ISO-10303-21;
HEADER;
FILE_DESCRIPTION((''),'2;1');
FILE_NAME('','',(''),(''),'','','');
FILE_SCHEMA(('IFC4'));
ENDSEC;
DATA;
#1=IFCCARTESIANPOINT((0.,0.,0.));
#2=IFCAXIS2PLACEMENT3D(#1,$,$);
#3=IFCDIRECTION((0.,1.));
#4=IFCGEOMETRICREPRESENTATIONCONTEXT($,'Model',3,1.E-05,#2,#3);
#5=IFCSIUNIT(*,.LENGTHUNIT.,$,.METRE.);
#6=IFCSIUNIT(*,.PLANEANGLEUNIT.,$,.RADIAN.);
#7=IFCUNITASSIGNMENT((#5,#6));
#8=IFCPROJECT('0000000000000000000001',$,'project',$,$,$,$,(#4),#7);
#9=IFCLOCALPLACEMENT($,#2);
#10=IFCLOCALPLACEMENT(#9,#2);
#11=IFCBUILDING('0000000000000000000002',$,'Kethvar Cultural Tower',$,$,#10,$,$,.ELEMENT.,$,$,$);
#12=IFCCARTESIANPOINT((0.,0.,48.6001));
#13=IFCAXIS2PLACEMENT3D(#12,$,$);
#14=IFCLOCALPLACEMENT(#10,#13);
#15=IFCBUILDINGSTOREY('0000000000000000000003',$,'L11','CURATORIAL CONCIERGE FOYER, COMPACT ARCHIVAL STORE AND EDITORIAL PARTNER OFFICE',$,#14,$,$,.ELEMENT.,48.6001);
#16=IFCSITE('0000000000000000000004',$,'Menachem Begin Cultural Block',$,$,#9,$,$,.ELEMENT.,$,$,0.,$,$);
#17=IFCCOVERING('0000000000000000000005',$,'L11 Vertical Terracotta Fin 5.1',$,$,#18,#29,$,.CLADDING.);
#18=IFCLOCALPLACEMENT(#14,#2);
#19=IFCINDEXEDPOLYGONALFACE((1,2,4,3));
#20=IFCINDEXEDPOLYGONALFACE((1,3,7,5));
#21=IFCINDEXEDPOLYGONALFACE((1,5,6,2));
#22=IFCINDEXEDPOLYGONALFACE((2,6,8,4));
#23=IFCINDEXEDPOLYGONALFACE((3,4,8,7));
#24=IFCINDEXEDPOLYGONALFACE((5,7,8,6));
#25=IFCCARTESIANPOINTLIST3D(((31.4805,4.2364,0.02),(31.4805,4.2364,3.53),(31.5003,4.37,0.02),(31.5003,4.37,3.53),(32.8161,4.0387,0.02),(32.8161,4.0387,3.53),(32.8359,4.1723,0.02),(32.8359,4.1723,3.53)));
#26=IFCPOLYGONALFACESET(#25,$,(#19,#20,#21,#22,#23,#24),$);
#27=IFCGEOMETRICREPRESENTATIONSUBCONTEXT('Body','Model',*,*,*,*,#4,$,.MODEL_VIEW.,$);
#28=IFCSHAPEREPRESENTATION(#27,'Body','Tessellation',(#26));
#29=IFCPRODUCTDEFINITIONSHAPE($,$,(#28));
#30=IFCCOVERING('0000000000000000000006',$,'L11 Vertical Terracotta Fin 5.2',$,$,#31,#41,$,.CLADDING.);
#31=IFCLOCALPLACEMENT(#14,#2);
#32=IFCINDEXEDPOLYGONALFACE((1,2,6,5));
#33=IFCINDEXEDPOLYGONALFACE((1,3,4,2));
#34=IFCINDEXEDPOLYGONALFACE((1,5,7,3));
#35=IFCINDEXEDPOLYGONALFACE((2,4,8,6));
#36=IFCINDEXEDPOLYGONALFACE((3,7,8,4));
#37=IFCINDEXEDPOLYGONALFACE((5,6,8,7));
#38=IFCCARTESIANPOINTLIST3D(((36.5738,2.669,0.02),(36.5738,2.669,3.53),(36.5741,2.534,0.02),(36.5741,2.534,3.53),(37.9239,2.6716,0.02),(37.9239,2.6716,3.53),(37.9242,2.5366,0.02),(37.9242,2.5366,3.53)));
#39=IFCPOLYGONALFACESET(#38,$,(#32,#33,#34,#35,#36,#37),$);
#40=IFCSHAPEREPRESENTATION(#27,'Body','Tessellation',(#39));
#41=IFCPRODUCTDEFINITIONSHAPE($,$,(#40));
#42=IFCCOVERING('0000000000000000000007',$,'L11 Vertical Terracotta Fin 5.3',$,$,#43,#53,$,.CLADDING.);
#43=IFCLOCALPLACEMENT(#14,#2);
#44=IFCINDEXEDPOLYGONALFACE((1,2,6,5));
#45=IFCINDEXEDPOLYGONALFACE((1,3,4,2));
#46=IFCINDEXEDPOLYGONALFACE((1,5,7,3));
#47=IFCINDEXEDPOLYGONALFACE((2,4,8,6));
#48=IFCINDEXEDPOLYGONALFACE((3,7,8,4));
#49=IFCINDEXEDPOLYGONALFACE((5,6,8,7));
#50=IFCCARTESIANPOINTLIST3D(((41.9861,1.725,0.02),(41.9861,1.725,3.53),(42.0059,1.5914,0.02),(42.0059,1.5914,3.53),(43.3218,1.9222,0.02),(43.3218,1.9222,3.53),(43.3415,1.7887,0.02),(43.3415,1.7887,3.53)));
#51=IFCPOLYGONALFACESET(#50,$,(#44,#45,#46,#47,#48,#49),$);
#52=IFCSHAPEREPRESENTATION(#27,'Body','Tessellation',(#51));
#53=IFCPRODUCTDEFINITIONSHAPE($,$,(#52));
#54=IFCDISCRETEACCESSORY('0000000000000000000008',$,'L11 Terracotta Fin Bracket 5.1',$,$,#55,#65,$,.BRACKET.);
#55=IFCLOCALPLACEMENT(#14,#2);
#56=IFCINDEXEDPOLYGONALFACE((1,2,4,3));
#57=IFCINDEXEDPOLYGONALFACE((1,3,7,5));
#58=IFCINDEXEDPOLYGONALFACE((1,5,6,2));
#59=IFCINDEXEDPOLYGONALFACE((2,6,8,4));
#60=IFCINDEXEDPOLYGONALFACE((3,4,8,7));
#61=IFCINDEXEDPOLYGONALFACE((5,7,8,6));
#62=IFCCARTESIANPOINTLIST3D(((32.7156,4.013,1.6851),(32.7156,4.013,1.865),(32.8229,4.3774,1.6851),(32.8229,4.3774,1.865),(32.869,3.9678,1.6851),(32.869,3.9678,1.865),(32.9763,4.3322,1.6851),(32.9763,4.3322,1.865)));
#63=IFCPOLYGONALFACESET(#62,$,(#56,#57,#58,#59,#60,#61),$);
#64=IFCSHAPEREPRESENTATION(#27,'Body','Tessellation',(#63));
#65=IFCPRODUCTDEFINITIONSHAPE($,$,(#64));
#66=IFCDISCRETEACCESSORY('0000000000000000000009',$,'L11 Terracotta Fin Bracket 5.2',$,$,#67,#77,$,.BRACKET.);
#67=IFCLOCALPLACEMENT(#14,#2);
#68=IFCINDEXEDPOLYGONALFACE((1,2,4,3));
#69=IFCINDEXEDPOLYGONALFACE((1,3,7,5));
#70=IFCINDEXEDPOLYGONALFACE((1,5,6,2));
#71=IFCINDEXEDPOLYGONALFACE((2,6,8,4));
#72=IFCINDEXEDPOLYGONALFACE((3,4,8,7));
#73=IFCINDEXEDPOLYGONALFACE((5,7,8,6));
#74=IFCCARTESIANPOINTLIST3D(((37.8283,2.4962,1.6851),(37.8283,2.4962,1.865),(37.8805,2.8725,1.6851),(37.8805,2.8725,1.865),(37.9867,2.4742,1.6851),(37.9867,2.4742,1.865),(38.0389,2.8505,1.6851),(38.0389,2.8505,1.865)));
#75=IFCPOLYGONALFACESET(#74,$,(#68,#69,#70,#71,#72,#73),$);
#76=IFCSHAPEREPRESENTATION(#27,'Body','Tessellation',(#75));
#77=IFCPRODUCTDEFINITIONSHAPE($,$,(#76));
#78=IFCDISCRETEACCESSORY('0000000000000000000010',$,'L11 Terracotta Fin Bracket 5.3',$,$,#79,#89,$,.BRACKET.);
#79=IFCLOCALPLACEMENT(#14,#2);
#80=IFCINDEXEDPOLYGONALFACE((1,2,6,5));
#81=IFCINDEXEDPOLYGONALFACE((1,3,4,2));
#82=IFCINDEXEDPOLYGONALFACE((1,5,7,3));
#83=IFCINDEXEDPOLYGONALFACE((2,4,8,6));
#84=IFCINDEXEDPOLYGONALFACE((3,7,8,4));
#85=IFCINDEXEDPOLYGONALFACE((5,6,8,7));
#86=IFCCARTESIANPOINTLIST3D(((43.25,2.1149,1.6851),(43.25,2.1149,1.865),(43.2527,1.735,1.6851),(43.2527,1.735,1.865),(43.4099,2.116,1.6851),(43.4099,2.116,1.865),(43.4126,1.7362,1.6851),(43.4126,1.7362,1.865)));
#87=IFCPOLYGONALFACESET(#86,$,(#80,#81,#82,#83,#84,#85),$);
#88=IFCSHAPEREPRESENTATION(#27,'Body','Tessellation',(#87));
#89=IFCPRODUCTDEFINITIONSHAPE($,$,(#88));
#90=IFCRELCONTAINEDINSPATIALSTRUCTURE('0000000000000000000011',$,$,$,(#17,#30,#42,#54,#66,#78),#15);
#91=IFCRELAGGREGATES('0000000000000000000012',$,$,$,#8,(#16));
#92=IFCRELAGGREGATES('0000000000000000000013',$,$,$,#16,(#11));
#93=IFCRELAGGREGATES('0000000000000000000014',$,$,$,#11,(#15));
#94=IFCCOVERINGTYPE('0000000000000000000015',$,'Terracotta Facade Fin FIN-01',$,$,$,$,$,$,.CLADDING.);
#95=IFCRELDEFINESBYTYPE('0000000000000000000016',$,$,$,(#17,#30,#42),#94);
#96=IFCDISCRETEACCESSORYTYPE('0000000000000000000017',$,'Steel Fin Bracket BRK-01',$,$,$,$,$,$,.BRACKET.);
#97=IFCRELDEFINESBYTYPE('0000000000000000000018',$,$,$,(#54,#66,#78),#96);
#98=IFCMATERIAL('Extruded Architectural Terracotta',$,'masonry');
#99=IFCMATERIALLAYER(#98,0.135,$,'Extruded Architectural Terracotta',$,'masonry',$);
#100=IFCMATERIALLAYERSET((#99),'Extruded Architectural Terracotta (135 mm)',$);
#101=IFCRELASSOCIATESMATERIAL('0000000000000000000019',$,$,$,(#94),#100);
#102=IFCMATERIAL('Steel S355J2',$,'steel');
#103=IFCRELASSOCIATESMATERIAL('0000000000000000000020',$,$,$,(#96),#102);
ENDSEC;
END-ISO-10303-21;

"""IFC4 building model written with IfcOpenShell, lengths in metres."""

from ifc_helpers import new_model, si_unit, direction, frame, origin, origin_2d, place, context, subcontext, project, spatial, rectangle, extrude, source, transform, mapped, material, layer, layer_set, type_object, element, save


model = new_model("IFC4")

# Units and contexts
model_context = context("Model", 3, precision=1e-05, world=origin(), true_north=direction((0.0, 1.0)))
body_context = subcontext(model_context, "Body", "Model", "MODEL_VIEW")
ifc_project = project(units=[si_unit("LENGTHUNIT", "METRE"), si_unit("PLANEANGLEUNIT", "RADIAN")], contexts=[model_context])

# Site, building, storey
site_placement = place(None, origin())
site = spatial("IfcSite", under=ifc_project, at=site_placement, Name="Menachem Begin Cultural Block", CompositionType="ELEMENT", RefElevation=0.0)
building_placement = place(site_placement, origin())
building = spatial("IfcBuilding", under=site, at=building_placement, Name="Kethvar Cultural Tower", CompositionType="ELEMENT")
storey_placement = place(building_placement, frame((0.0, 0.0, 48.6001)))
storey = spatial("IfcBuildingStorey", under=building, at=storey_placement, Name="L11", Description="CURATORIAL CONCIERGE FOYER, COMPACT ARCHIVAL STORE AND EDITORIAL PARTNER OFFICE", CompositionType="ELEMENT", Elevation=48.6001)

# Shared definitions
ifc_material_1 = material(Name="Steel S355J2", Category="steel")

# Coverings
ifc_material_2 = material(Name="Extruded Architectural Terracotta", Category="masonry")
ifc_layer_1 = layer(ifc_material_2, 0.135, Name="Extruded Architectural Terracotta", Category="masonry")
ifc_layer_set_1 = layer_set([ifc_layer_1], Name="Extruded Architectural Terracotta (135 mm)")
covering_type = type_object("IfcCoveringType", Name="Terracotta Facade Fin FIN-01", PredefinedType="CLADDING", material=ifc_layer_set_1)
shared_shape_1 = source(origin(), body_context, "Body", "SweptSolid", [
    extrude(rectangle(XDim=1.3501, YDim=0.135, at=origin_2d()), origin(), (0.0, 0.0, 1.0), 3.51),
])
for number, where, z_axis, x_axis, name in (
    (1, (32.1582, 4.2043, 0.02), (0.0, 0.0, 1.0), (-0.989221, 0.146428, 0.0), "L11 Vertical Terracotta Fin 5.1"),
    (2, (37.249, 2.6028, 0.02), (0.0, 0.0, 1.0), (-0.999998, -0.00192, 0.0), "L11 Vertical Terracotta Fin 5.2"),
    (3, (42.6638, 1.7568, 0.02), (0.0, 0.0, 1.0), (-0.989272, -0.146083, 0.0), "L11 Vertical Terracotta Fin 5.3"),
):
    element("IfcCovering", number, at=place(storey_placement, frame(where, z_axis=z_axis, x_axis=x_axis)), inside=storey, type_object=covering_type, Name=name, PredefinedType="CLADDING", context=body_context, shape_type="MappedRepresentation", body=[
        mapped(shared_shape_1, transform((0.0, 0.0, 0.0), scale=1.0)),
    ])

# Discrete accessories
discrete_accessory_type = type_object("IfcDiscreteAccessoryType", Name="Steel Fin Bracket BRK-01", PredefinedType="BRACKET", material=ifc_material_1)
shared_shape_2 = source(origin(), body_context, "Body", "SweptSolid", [
    extrude(rectangle(XDim=0.3799, YDim=0.1599, at=origin_2d()), origin(), (0.0, 0.0, 1.0), 0.1799),
])
for number, where, z_axis, x_axis, name in (
    (4, (32.8459, 4.1726, 1.6851), (0.0, 0.0, 1.0), (-0.282676, -0.959215, 0.0), "L11 Terracotta Fin Bracket 5.1"),
    (5, (37.9336, 2.6733, 1.6851), (0.0, 0.0, 1.0), (-0.137272, -0.990533, 0.0), "L11 Terracotta Fin Bracket 5.2"),
    (6, (43.3313, 1.9255, 1.6851), (0.0, 0.0, 1.0), (0.006981, -0.999976, 0.0), "L11 Terracotta Fin Bracket 5.3"),
):
    element("IfcDiscreteAccessory", number, at=place(storey_placement, frame(where, z_axis=z_axis, x_axis=x_axis)), inside=storey, type_object=discrete_accessory_type, Name=name, PredefinedType="BRACKET", context=body_context, shape_type="MappedRepresentation", body=[
        mapped(shared_shape_2, transform((0.0, 0.0, 0.0), scale=1.0)),
    ])

save(model, "model.ifc")
